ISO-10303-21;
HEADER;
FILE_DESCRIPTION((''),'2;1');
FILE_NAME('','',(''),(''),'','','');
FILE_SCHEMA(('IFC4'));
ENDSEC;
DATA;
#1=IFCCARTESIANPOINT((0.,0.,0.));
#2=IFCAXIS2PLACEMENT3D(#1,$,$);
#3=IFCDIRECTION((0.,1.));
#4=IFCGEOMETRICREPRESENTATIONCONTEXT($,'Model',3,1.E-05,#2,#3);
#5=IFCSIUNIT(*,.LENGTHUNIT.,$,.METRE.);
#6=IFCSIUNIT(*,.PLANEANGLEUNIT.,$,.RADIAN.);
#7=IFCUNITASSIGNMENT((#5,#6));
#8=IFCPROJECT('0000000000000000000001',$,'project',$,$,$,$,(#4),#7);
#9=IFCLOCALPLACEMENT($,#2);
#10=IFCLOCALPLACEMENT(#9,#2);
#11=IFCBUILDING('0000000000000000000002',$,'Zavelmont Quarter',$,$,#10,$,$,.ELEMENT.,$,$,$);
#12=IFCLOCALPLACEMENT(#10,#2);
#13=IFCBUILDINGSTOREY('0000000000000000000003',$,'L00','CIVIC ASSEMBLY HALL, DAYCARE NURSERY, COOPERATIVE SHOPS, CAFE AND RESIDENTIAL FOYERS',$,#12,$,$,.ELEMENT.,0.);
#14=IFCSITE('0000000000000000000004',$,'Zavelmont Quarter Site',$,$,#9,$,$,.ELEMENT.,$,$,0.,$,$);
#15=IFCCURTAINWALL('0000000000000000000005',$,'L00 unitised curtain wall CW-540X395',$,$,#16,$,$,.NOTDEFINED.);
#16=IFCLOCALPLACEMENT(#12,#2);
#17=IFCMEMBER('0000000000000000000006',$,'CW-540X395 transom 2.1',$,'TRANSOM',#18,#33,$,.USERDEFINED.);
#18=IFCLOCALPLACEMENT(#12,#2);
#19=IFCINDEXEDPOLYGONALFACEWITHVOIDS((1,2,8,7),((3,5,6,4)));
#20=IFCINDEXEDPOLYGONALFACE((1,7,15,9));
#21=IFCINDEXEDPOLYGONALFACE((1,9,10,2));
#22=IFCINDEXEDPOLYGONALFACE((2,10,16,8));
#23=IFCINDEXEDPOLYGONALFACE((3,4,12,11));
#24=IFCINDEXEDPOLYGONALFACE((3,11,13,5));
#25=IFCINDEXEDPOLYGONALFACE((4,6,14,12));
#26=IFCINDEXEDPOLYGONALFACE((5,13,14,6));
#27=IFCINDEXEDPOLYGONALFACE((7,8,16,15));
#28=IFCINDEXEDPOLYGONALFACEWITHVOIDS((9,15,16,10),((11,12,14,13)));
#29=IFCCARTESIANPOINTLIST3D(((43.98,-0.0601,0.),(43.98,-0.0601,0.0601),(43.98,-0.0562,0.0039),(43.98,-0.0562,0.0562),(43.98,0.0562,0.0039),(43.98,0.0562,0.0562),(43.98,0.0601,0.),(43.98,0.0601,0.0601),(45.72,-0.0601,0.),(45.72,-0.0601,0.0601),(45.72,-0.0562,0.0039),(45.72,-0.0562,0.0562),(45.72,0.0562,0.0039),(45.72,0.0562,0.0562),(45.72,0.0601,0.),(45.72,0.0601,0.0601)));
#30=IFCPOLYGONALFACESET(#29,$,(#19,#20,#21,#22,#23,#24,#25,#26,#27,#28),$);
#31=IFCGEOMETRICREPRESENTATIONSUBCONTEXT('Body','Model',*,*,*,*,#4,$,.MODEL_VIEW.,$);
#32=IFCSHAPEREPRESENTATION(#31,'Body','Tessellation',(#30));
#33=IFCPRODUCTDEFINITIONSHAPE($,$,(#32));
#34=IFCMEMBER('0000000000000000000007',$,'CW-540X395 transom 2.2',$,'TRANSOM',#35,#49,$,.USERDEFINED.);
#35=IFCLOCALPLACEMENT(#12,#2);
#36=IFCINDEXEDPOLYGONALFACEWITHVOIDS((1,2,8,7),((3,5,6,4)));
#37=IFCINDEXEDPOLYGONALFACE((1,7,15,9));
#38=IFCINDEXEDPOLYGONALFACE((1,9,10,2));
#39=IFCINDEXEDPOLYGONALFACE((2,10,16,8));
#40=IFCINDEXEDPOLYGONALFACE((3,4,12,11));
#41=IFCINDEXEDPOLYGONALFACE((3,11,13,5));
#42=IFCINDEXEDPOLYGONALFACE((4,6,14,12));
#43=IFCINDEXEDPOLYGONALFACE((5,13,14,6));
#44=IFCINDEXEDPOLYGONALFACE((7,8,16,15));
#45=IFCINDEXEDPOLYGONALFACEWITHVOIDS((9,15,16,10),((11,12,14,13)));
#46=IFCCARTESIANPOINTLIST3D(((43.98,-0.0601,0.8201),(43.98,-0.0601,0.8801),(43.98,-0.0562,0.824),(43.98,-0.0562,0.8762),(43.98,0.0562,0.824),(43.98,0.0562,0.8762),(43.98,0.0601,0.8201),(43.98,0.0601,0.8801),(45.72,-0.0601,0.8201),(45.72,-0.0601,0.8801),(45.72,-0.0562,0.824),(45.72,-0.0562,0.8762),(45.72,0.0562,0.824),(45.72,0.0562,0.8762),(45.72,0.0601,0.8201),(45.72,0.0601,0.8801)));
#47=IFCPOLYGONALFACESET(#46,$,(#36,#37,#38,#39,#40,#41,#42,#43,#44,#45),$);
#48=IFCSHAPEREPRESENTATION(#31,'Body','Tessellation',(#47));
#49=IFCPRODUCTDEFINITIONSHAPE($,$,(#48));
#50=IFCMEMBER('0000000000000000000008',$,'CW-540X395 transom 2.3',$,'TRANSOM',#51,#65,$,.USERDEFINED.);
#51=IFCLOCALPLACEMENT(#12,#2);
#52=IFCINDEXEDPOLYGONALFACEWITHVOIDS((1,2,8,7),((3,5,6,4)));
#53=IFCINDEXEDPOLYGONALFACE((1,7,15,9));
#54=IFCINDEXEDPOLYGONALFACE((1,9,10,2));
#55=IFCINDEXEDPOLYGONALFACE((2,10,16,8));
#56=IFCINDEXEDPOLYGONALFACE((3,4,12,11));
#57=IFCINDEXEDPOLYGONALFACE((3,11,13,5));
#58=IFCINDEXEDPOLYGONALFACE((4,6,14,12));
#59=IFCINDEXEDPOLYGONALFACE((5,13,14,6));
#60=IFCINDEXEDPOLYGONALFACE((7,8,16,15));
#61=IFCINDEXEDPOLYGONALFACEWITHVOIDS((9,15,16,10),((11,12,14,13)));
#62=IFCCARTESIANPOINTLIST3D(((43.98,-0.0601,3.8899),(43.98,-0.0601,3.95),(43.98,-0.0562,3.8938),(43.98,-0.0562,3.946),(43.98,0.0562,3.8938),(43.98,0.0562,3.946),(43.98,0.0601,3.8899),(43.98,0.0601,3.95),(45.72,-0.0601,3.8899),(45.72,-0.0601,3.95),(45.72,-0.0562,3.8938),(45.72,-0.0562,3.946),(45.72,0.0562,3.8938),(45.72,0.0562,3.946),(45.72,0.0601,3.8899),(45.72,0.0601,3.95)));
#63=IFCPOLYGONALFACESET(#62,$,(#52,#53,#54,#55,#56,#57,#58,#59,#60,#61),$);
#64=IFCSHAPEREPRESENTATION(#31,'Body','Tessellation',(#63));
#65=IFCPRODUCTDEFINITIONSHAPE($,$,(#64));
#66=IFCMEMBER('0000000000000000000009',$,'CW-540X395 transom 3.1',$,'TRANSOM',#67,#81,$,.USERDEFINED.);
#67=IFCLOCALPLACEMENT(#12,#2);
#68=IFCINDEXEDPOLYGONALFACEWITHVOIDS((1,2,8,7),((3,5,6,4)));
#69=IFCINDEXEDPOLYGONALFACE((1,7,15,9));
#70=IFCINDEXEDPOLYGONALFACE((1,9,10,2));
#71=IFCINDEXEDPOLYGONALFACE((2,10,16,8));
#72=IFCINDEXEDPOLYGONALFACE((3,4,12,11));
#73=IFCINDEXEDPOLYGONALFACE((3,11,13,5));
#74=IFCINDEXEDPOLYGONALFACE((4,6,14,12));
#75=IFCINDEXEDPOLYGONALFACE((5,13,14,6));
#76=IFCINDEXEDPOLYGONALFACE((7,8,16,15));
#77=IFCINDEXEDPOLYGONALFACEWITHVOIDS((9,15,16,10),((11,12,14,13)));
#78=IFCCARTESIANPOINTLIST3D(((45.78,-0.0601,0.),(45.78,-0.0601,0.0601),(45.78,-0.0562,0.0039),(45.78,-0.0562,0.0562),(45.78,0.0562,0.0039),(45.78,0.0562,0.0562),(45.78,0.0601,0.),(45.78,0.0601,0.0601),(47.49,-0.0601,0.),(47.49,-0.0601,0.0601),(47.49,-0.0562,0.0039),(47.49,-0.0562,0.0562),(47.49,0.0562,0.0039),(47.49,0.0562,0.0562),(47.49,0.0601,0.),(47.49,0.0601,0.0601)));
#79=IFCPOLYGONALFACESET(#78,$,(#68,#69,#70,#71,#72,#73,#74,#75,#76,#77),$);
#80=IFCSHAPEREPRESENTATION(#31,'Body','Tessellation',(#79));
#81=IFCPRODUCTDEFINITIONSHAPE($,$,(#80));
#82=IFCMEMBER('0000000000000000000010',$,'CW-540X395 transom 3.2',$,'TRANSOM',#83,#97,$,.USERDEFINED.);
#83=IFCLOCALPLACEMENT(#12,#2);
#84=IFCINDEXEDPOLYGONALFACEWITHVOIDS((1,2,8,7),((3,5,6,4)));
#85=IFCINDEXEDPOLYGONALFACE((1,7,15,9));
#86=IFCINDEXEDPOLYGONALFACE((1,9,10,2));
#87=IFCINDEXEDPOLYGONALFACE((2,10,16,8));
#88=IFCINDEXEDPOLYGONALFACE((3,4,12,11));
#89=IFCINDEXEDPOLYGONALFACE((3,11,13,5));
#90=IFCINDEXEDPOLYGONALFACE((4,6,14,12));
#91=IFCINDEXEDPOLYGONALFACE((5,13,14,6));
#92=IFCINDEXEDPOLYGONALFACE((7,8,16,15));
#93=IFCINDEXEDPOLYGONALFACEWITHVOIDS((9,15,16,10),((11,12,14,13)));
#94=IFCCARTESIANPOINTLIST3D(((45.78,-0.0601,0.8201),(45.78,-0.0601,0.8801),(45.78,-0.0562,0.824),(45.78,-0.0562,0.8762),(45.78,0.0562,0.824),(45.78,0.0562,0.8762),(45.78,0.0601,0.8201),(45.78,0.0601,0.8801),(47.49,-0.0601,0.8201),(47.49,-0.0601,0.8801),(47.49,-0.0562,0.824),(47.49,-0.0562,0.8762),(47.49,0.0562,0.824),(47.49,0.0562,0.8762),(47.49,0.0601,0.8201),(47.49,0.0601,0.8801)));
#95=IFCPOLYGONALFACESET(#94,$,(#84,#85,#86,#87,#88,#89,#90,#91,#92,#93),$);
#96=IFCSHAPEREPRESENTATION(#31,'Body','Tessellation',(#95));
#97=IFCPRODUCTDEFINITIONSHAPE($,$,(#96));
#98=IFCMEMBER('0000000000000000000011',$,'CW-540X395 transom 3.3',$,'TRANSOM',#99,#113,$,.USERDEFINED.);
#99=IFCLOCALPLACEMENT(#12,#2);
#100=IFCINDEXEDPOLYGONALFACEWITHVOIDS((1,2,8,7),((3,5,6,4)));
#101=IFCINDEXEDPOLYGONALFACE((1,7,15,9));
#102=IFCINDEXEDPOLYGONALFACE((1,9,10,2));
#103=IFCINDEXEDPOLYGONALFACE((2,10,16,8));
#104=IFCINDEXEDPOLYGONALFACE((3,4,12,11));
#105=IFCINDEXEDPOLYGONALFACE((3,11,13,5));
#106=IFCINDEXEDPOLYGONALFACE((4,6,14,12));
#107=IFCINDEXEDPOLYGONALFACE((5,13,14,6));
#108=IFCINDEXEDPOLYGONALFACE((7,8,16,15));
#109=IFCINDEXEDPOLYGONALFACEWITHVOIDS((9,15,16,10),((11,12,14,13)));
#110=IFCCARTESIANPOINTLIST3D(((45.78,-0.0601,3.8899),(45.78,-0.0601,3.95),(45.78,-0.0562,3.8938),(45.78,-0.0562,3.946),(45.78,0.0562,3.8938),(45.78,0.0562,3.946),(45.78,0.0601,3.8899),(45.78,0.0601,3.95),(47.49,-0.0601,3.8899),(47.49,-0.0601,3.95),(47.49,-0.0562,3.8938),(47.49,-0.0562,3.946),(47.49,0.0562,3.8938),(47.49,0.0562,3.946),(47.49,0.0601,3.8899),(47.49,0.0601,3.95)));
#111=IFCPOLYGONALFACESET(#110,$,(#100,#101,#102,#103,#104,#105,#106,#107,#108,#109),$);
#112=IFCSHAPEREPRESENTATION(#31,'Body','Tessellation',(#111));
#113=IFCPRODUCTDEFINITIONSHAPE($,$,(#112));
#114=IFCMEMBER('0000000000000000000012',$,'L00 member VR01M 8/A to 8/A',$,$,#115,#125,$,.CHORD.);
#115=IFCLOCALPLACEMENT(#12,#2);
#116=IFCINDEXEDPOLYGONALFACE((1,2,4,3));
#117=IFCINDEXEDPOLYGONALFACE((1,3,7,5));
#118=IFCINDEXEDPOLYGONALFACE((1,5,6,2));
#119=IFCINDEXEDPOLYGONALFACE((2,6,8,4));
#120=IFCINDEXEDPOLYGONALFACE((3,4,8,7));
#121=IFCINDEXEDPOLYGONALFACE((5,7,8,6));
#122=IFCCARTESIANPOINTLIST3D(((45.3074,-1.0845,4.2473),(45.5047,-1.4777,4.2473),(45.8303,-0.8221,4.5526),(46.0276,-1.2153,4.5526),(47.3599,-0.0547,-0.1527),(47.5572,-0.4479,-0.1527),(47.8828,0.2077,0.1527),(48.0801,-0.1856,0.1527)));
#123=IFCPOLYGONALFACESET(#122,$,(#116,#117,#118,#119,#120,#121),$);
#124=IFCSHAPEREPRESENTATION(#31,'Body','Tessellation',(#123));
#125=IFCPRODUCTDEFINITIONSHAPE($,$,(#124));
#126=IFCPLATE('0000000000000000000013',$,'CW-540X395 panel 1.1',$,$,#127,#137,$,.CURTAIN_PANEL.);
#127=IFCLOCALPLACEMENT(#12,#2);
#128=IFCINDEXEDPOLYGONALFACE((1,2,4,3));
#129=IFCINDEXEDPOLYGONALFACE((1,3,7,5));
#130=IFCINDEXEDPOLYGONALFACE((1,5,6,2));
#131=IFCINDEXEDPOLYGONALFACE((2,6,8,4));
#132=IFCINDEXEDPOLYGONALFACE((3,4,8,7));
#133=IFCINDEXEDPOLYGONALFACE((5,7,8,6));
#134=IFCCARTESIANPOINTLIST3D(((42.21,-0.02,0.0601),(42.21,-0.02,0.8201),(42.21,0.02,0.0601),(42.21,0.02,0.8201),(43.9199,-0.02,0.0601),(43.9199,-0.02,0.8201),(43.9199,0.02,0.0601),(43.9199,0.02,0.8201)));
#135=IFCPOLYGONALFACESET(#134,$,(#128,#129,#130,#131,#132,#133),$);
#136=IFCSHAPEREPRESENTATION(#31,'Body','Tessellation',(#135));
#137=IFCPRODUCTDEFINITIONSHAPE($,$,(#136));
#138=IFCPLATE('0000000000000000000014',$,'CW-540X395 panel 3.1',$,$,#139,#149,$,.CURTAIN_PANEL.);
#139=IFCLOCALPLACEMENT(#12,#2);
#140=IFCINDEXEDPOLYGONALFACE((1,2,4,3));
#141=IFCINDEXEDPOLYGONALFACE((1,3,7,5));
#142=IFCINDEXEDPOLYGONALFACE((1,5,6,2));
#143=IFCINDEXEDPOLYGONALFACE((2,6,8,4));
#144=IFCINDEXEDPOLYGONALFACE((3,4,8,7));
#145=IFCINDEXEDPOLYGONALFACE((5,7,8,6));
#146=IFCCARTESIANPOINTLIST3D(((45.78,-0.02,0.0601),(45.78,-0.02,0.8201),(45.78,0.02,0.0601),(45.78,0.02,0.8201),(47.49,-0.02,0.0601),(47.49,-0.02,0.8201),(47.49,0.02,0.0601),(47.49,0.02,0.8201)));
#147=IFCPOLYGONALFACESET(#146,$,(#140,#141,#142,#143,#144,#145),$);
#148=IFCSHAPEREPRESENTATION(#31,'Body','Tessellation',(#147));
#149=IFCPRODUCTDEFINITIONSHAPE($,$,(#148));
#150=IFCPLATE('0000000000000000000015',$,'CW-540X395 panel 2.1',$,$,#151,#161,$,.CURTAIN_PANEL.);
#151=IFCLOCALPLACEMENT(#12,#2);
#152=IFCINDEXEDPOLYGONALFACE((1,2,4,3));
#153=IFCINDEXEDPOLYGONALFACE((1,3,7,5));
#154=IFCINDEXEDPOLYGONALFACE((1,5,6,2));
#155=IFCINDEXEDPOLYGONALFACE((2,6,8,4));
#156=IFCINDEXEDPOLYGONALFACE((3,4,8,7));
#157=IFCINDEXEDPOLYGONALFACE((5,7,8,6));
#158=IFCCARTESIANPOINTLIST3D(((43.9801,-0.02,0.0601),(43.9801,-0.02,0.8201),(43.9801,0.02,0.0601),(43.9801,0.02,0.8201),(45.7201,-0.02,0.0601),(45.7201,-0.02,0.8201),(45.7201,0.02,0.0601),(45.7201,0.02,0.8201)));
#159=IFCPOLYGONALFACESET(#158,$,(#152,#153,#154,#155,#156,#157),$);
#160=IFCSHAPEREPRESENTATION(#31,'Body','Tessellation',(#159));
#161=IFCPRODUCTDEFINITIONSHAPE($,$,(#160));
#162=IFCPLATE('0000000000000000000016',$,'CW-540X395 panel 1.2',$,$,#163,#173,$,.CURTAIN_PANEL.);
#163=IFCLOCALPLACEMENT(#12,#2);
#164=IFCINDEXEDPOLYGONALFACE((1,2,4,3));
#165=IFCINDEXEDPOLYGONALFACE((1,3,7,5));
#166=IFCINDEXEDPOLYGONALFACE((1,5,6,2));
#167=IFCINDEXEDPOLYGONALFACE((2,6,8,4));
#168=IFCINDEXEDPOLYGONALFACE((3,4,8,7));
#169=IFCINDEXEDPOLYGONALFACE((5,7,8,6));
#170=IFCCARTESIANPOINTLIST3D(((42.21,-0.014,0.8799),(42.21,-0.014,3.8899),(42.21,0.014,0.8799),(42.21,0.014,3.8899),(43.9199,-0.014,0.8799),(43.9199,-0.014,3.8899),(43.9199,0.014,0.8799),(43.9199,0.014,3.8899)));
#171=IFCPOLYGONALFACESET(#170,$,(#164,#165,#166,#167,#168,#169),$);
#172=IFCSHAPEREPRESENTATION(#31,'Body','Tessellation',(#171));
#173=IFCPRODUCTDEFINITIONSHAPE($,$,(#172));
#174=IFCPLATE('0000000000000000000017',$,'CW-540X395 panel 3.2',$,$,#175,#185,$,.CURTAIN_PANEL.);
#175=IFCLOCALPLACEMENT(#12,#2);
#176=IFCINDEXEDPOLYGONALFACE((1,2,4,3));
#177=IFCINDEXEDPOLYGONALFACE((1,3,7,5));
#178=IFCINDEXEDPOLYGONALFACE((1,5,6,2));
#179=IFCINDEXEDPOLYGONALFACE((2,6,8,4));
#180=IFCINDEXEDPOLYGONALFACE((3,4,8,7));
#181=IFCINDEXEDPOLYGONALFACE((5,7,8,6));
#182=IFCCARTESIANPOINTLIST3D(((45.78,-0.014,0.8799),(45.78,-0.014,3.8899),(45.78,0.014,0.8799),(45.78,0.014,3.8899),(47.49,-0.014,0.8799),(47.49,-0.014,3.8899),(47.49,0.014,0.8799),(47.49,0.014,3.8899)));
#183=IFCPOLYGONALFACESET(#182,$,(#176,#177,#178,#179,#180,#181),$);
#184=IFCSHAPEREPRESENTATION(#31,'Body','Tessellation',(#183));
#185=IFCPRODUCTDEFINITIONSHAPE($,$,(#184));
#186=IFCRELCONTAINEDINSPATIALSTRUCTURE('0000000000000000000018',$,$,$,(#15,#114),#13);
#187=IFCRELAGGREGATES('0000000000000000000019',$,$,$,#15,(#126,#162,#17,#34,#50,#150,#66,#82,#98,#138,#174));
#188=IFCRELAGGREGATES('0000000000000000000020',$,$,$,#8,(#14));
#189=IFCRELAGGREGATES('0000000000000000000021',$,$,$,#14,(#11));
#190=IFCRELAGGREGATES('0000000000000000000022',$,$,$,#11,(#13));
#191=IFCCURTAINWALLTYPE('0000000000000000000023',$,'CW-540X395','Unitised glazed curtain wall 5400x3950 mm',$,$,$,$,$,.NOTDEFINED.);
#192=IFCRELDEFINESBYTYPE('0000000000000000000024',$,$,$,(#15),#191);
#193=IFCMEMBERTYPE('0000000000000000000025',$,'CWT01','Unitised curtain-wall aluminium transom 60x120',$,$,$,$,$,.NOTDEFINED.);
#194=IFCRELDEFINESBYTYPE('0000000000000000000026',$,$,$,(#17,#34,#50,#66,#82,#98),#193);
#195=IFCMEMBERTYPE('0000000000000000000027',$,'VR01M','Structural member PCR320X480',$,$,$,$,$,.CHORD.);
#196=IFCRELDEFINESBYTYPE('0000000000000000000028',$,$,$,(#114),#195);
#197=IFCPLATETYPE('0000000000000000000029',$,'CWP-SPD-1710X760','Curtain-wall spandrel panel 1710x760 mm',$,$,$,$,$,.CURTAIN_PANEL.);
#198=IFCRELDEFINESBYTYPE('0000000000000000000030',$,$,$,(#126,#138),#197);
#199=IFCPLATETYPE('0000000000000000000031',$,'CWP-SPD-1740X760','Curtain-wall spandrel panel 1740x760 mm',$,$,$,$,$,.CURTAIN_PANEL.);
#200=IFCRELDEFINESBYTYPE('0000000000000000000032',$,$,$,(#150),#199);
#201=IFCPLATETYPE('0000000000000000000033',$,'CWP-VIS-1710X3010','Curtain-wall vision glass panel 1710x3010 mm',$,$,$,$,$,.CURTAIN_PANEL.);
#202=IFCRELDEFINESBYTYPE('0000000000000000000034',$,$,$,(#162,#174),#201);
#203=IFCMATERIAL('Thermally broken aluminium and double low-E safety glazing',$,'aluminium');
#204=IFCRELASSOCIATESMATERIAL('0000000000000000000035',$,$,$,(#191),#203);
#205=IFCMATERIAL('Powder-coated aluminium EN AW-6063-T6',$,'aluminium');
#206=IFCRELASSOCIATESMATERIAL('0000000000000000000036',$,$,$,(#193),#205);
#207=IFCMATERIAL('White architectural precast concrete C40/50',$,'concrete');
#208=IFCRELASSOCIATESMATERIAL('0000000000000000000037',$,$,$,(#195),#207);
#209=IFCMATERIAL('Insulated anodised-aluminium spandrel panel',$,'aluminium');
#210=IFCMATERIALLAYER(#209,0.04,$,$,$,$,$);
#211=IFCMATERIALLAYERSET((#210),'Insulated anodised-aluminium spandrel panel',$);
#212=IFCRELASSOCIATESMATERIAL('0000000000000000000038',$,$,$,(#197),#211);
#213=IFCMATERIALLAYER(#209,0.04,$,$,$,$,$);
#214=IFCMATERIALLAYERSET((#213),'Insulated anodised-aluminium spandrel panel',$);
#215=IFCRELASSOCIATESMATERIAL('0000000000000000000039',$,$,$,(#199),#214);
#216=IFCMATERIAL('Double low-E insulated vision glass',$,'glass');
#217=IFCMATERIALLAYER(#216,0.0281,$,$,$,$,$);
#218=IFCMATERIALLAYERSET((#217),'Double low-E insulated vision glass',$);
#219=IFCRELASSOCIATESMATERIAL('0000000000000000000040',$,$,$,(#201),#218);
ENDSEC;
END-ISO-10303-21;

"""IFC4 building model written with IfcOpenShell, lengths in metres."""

from ifc_helpers import new_model, si_unit, direction, frame, origin, origin_2d, place, context, subcontext, project, spatial, rectangle, hollow_rectangle, extrude, material, layer, layer_set, material_profile, profile_set, type_object, element, aggregate, save


model = new_model("IFC4")

# Units and contexts
model_context = context("Model", 3, precision=1e-05, world=origin(), true_north=direction((0.0, 1.0)))
body_context = subcontext(model_context, "Body", "Model", "MODEL_VIEW")
ifc_project = project(units=[si_unit("LENGTHUNIT", "METRE"), si_unit("PLANEANGLEUNIT", "RADIAN")], contexts=[model_context])

# Site, building, storey
site_placement = place(None, origin())
site = spatial("IfcSite", under=ifc_project, at=site_placement, Name="Zavelmont Quarter Site", CompositionType="ELEMENT", RefElevation=0.0)
building_placement = place(site_placement, origin())
building = spatial("IfcBuilding", under=site, at=building_placement, Name="Zavelmont Quarter", CompositionType="ELEMENT")
storey_placement = place(building_placement, origin())
storey = spatial("IfcBuildingStorey", under=building, at=storey_placement, Name="L00", Description="CIVIC ASSEMBLY HALL, DAYCARE NURSERY, COOPERATIVE SHOPS, CAFE AND RESIDENTIAL FOYERS", CompositionType="ELEMENT", Elevation=0.0)

# Curtain wall, members
ifc_material_1 = material(Name="Thermally broken aluminium and double low-E safety glazing", Category="aluminium")
curtain_wall_type = type_object("IfcCurtainWallType", Name="CW-540X395", Description="Unitised glazed curtain wall 5400x3950 mm", PredefinedType="NOTDEFINED", material=ifc_material_1)
curtain_wall_placement = place(storey_placement, origin())
curtain_wall = element("IfcCurtainWall", 1, at=curtain_wall_placement, inside=storey, type_object=curtain_wall_type, Name="L00 unitised curtain wall CW-540X395", PredefinedType="NOTDEFINED")
ifc_material_2 = material(Name="Powder-coated aluminium EN AW-6063-T6", Category="aluminium")
ifc_material_profile_1 = material_profile(ifc_material_2, hollow_rectangle(XDim=0.1201, YDim=0.0601, WallThickness=0.0039, at=origin_2d()), Name="CWT60X120")
ifc_profile_set_1 = profile_set([ifc_material_profile_1], Name="Powder-coated aluminium EN AW-6063-T6")
member_type_1 = type_object("IfcMemberType", Name="CWT01", Description="Unitised curtain-wall aluminium transom 60x120", PredefinedType="NOTDEFINED", material=ifc_profile_set_1)
member_1_placement = place(storey_placement, frame((43.98, 0.0, 0.03), z_axis=(1.0, 0.0, 0.0), x_axis=(0.0, 1.0, 0.0)))
member_1 = element("IfcMember", 2, at=member_1_placement, type_object=member_type_1, Name="CW-540X395 transom 2.1", ObjectType="TRANSOM", PredefinedType="USERDEFINED", context=body_context, shape_type="SweptSolid", body=[
    extrude(hollow_rectangle(XDim=0.1201, YDim=0.0601, WallThickness=0.0039, at=origin_2d()), origin(), (0.0, 0.0, 1.0), 1.74),
])
member_2_placement = place(storey_placement, frame((43.98, 0.0, 0.8501), z_axis=(1.0, 0.0, 0.0), x_axis=(0.0, 1.0, 0.0)))
member_2 = element("IfcMember", 3, at=member_2_placement, type_object=member_type_1, Name="CW-540X395 transom 2.2", ObjectType="TRANSOM", PredefinedType="USERDEFINED", context=body_context, shape_type="SweptSolid", body=[
    extrude(hollow_rectangle(XDim=0.1201, YDim=0.0601, WallThickness=0.0039, at=origin_2d()), origin(), (0.0, 0.0, 1.0), 1.74),
])
member_3_placement = place(storey_placement, frame((43.98, 0.0, 3.9199), z_axis=(1.0, 0.0, 0.0), x_axis=(0.0, 1.0, 0.0)))
member_3 = element("IfcMember", 4, at=member_3_placement, type_object=member_type_1, Name="CW-540X395 transom 2.3", ObjectType="TRANSOM", PredefinedType="USERDEFINED", context=body_context, shape_type="SweptSolid", body=[
    extrude(hollow_rectangle(XDim=0.1201, YDim=0.0601, WallThickness=0.0039, at=origin_2d()), origin(), (0.0, 0.0, 1.0), 1.74),
])
member_4_placement = place(storey_placement, frame((45.78, 0.0, 0.03), z_axis=(1.0, 0.0, 0.0), x_axis=(0.0, 1.0, 0.0)))
member_4 = element("IfcMember", 5, at=member_4_placement, type_object=member_type_1, Name="CW-540X395 transom 3.1", ObjectType="TRANSOM", PredefinedType="USERDEFINED", context=body_context, shape_type="SweptSolid", body=[
    extrude(hollow_rectangle(XDim=0.1201, YDim=0.0601, WallThickness=0.0039, at=origin_2d()), origin(), (0.0, 0.0, 1.0), 1.71),
])
member_5_placement = place(storey_placement, frame((45.78, 0.0, 0.8501), z_axis=(1.0, 0.0, 0.0), x_axis=(0.0, 1.0, 0.0)))
member_5 = element("IfcMember", 6, at=member_5_placement, type_object=member_type_1, Name="CW-540X395 transom 3.2", ObjectType="TRANSOM", PredefinedType="USERDEFINED", context=body_context, shape_type="SweptSolid", body=[
    extrude(hollow_rectangle(XDim=0.1201, YDim=0.0601, WallThickness=0.0039, at=origin_2d()), origin(), (0.0, 0.0, 1.0), 1.71),
])
member_6_placement = place(storey_placement, frame((45.78, 0.0, 3.9199), z_axis=(1.0, 0.0, 0.0), x_axis=(0.0, 1.0, 0.0)))
member_6 = element("IfcMember", 7, at=member_6_placement, type_object=member_type_1, Name="CW-540X395 transom 3.3", ObjectType="TRANSOM", PredefinedType="USERDEFINED", context=body_context, shape_type="SweptSolid", body=[
    extrude(hollow_rectangle(XDim=0.1201, YDim=0.0601, WallThickness=0.0039, at=origin_2d()), origin(), (0.0, 0.0, 1.0), 1.71),
])

# Member
ifc_material_3 = material(Name="White architectural precast concrete C40/50", Category="concrete")
ifc_material_profile_2 = material_profile(ifc_material_3, rectangle(XDim=0.4399, YDim=0.6599, at=origin_2d()), Name="PCR320X480")
ifc_profile_set_2 = profile_set([ifc_material_profile_2], Name="White architectural precast concrete C40/50")
member_type_2 = type_object("IfcMemberType", Name="VR01M", Description="Structural member PCR320X480", PredefinedType="CHORD", material=ifc_profile_set_2)
member_7_placement = place(storey_placement, frame((47.72, -0.1201, 0.0), z_axis=(-0.41355, -0.207488, 0.886524), x_axis=(0.448446, -0.89381, 0.0)))
element("IfcMember", 8, at=member_7_placement, inside=storey, type_object=member_type_2, Name="L00 member VR01M 8/A to 8/A", PredefinedType="CHORD", context=body_context, shape_type="SweptSolid", body=[
    extrude(rectangle(XDim=0.4399, YDim=0.6599, at=origin_2d()), origin(), (0.0, 0.0, 1.0), 4.9631),
])

# Plates
ifc_material_4 = material(Name="Insulated anodised-aluminium spandrel panel", Category="aluminium")
ifc_layer_1 = layer(ifc_material_4, 0.04)
ifc_layer_set_1 = layer_set([ifc_layer_1], Name="Insulated anodised-aluminium spandrel panel")
plate_type_1 = type_object("IfcPlateType", Name="CWP-SPD-1710X760", Description="Curtain-wall spandrel panel 1710x760 mm", PredefinedType="CURTAIN_PANEL", material=ifc_layer_set_1)
plate_1_placement = place(storey_placement, frame((43.0649, 0.0, 0.0601), z_axis=(0.0, 0.0, 1.0), x_axis=(1.0, 0.0, 0.0)))
plate_1 = element("IfcPlate", 9, at=plate_1_placement, type_object=plate_type_1, Name="CW-540X395 panel 1.1", PredefinedType="CURTAIN_PANEL", context=body_context, shape_type="SweptSolid", body=[
    extrude(rectangle(XDim=1.71, YDim=0.04, at=origin_2d()), origin(), (0.0, 0.0, 1.0), 0.76),
])
plate_2_placement = place(storey_placement, frame((46.635, 0.0, 0.0601), z_axis=(0.0, 0.0, 1.0), x_axis=(1.0, 0.0, 0.0)))
plate_2 = element("IfcPlate", 10, at=plate_2_placement, type_object=plate_type_1, Name="CW-540X395 panel 3.1", PredefinedType="CURTAIN_PANEL", context=body_context, shape_type="SweptSolid", body=[
    extrude(rectangle(XDim=1.71, YDim=0.04, at=origin_2d()), origin(), (0.0, 0.0, 1.0), 0.76),
])
ifc_layer_2 = layer(ifc_material_4, 0.04)
ifc_layer_set_2 = layer_set([ifc_layer_2], Name="Insulated anodised-aluminium spandrel panel")
plate_type_2 = type_object("IfcPlateType", Name="CWP-SPD-1740X760", Description="Curtain-wall spandrel panel 1740x760 mm", PredefinedType="CURTAIN_PANEL", material=ifc_layer_set_2)
plate_3_placement = place(storey_placement, frame((44.8501, 0.0, 0.0601), z_axis=(0.0, 0.0, 1.0), x_axis=(1.0, 0.0, 0.0)))
plate_3 = element("IfcPlate", 11, at=plate_3_placement, type_object=plate_type_2, Name="CW-540X395 panel 2.1", PredefinedType="CURTAIN_PANEL", context=body_context, shape_type="SweptSolid", body=[
    extrude(rectangle(XDim=1.74, YDim=0.04, at=origin_2d()), origin(), (0.0, 0.0, 1.0), 0.76),
])
ifc_material_5 = material(Name="Double low-E insulated vision glass", Category="glass")
ifc_layer_3 = layer(ifc_material_5, 0.0281)
ifc_layer_set_3 = layer_set([ifc_layer_3], Name="Double low-E insulated vision glass")
plate_type_3 = type_object("IfcPlateType", Name="CWP-VIS-1710X3010", Description="Curtain-wall vision glass panel 1710x3010 mm", PredefinedType="CURTAIN_PANEL", material=ifc_layer_set_3)
plate_4_placement = place(storey_placement, frame((43.0649, 0.0, 0.8799), z_axis=(0.0, 0.0, 1.0), x_axis=(1.0, 0.0, 0.0)))
plate_4 = element("IfcPlate", 12, at=plate_4_placement, type_object=plate_type_3, Name="CW-540X395 panel 1.2", PredefinedType="CURTAIN_PANEL", context=body_context, shape_type="SweptSolid", body=[
    extrude(rectangle(XDim=1.71, YDim=0.0281, at=origin_2d()), origin(), (0.0, 0.0, 1.0), 3.01),
])
plate_5_placement = place(storey_placement, frame((46.635, 0.0, 0.8799), z_axis=(0.0, 0.0, 1.0), x_axis=(1.0, 0.0, 0.0)))
plate_5 = element("IfcPlate", 13, at=plate_5_placement, type_object=plate_type_3, Name="CW-540X395 panel 3.2", PredefinedType="CURTAIN_PANEL", context=body_context, shape_type="SweptSolid", body=[
    extrude(rectangle(XDim=1.71, YDim=0.0281, at=origin_2d()), origin(), (0.0, 0.0, 1.0), 3.01),
])
aggregate(curtain_wall, [plate_1, plate_4, member_1, member_2, member_3, plate_3, member_4, member_5, member_6, plate_2, plate_5])

save(model, "model.ifc")
